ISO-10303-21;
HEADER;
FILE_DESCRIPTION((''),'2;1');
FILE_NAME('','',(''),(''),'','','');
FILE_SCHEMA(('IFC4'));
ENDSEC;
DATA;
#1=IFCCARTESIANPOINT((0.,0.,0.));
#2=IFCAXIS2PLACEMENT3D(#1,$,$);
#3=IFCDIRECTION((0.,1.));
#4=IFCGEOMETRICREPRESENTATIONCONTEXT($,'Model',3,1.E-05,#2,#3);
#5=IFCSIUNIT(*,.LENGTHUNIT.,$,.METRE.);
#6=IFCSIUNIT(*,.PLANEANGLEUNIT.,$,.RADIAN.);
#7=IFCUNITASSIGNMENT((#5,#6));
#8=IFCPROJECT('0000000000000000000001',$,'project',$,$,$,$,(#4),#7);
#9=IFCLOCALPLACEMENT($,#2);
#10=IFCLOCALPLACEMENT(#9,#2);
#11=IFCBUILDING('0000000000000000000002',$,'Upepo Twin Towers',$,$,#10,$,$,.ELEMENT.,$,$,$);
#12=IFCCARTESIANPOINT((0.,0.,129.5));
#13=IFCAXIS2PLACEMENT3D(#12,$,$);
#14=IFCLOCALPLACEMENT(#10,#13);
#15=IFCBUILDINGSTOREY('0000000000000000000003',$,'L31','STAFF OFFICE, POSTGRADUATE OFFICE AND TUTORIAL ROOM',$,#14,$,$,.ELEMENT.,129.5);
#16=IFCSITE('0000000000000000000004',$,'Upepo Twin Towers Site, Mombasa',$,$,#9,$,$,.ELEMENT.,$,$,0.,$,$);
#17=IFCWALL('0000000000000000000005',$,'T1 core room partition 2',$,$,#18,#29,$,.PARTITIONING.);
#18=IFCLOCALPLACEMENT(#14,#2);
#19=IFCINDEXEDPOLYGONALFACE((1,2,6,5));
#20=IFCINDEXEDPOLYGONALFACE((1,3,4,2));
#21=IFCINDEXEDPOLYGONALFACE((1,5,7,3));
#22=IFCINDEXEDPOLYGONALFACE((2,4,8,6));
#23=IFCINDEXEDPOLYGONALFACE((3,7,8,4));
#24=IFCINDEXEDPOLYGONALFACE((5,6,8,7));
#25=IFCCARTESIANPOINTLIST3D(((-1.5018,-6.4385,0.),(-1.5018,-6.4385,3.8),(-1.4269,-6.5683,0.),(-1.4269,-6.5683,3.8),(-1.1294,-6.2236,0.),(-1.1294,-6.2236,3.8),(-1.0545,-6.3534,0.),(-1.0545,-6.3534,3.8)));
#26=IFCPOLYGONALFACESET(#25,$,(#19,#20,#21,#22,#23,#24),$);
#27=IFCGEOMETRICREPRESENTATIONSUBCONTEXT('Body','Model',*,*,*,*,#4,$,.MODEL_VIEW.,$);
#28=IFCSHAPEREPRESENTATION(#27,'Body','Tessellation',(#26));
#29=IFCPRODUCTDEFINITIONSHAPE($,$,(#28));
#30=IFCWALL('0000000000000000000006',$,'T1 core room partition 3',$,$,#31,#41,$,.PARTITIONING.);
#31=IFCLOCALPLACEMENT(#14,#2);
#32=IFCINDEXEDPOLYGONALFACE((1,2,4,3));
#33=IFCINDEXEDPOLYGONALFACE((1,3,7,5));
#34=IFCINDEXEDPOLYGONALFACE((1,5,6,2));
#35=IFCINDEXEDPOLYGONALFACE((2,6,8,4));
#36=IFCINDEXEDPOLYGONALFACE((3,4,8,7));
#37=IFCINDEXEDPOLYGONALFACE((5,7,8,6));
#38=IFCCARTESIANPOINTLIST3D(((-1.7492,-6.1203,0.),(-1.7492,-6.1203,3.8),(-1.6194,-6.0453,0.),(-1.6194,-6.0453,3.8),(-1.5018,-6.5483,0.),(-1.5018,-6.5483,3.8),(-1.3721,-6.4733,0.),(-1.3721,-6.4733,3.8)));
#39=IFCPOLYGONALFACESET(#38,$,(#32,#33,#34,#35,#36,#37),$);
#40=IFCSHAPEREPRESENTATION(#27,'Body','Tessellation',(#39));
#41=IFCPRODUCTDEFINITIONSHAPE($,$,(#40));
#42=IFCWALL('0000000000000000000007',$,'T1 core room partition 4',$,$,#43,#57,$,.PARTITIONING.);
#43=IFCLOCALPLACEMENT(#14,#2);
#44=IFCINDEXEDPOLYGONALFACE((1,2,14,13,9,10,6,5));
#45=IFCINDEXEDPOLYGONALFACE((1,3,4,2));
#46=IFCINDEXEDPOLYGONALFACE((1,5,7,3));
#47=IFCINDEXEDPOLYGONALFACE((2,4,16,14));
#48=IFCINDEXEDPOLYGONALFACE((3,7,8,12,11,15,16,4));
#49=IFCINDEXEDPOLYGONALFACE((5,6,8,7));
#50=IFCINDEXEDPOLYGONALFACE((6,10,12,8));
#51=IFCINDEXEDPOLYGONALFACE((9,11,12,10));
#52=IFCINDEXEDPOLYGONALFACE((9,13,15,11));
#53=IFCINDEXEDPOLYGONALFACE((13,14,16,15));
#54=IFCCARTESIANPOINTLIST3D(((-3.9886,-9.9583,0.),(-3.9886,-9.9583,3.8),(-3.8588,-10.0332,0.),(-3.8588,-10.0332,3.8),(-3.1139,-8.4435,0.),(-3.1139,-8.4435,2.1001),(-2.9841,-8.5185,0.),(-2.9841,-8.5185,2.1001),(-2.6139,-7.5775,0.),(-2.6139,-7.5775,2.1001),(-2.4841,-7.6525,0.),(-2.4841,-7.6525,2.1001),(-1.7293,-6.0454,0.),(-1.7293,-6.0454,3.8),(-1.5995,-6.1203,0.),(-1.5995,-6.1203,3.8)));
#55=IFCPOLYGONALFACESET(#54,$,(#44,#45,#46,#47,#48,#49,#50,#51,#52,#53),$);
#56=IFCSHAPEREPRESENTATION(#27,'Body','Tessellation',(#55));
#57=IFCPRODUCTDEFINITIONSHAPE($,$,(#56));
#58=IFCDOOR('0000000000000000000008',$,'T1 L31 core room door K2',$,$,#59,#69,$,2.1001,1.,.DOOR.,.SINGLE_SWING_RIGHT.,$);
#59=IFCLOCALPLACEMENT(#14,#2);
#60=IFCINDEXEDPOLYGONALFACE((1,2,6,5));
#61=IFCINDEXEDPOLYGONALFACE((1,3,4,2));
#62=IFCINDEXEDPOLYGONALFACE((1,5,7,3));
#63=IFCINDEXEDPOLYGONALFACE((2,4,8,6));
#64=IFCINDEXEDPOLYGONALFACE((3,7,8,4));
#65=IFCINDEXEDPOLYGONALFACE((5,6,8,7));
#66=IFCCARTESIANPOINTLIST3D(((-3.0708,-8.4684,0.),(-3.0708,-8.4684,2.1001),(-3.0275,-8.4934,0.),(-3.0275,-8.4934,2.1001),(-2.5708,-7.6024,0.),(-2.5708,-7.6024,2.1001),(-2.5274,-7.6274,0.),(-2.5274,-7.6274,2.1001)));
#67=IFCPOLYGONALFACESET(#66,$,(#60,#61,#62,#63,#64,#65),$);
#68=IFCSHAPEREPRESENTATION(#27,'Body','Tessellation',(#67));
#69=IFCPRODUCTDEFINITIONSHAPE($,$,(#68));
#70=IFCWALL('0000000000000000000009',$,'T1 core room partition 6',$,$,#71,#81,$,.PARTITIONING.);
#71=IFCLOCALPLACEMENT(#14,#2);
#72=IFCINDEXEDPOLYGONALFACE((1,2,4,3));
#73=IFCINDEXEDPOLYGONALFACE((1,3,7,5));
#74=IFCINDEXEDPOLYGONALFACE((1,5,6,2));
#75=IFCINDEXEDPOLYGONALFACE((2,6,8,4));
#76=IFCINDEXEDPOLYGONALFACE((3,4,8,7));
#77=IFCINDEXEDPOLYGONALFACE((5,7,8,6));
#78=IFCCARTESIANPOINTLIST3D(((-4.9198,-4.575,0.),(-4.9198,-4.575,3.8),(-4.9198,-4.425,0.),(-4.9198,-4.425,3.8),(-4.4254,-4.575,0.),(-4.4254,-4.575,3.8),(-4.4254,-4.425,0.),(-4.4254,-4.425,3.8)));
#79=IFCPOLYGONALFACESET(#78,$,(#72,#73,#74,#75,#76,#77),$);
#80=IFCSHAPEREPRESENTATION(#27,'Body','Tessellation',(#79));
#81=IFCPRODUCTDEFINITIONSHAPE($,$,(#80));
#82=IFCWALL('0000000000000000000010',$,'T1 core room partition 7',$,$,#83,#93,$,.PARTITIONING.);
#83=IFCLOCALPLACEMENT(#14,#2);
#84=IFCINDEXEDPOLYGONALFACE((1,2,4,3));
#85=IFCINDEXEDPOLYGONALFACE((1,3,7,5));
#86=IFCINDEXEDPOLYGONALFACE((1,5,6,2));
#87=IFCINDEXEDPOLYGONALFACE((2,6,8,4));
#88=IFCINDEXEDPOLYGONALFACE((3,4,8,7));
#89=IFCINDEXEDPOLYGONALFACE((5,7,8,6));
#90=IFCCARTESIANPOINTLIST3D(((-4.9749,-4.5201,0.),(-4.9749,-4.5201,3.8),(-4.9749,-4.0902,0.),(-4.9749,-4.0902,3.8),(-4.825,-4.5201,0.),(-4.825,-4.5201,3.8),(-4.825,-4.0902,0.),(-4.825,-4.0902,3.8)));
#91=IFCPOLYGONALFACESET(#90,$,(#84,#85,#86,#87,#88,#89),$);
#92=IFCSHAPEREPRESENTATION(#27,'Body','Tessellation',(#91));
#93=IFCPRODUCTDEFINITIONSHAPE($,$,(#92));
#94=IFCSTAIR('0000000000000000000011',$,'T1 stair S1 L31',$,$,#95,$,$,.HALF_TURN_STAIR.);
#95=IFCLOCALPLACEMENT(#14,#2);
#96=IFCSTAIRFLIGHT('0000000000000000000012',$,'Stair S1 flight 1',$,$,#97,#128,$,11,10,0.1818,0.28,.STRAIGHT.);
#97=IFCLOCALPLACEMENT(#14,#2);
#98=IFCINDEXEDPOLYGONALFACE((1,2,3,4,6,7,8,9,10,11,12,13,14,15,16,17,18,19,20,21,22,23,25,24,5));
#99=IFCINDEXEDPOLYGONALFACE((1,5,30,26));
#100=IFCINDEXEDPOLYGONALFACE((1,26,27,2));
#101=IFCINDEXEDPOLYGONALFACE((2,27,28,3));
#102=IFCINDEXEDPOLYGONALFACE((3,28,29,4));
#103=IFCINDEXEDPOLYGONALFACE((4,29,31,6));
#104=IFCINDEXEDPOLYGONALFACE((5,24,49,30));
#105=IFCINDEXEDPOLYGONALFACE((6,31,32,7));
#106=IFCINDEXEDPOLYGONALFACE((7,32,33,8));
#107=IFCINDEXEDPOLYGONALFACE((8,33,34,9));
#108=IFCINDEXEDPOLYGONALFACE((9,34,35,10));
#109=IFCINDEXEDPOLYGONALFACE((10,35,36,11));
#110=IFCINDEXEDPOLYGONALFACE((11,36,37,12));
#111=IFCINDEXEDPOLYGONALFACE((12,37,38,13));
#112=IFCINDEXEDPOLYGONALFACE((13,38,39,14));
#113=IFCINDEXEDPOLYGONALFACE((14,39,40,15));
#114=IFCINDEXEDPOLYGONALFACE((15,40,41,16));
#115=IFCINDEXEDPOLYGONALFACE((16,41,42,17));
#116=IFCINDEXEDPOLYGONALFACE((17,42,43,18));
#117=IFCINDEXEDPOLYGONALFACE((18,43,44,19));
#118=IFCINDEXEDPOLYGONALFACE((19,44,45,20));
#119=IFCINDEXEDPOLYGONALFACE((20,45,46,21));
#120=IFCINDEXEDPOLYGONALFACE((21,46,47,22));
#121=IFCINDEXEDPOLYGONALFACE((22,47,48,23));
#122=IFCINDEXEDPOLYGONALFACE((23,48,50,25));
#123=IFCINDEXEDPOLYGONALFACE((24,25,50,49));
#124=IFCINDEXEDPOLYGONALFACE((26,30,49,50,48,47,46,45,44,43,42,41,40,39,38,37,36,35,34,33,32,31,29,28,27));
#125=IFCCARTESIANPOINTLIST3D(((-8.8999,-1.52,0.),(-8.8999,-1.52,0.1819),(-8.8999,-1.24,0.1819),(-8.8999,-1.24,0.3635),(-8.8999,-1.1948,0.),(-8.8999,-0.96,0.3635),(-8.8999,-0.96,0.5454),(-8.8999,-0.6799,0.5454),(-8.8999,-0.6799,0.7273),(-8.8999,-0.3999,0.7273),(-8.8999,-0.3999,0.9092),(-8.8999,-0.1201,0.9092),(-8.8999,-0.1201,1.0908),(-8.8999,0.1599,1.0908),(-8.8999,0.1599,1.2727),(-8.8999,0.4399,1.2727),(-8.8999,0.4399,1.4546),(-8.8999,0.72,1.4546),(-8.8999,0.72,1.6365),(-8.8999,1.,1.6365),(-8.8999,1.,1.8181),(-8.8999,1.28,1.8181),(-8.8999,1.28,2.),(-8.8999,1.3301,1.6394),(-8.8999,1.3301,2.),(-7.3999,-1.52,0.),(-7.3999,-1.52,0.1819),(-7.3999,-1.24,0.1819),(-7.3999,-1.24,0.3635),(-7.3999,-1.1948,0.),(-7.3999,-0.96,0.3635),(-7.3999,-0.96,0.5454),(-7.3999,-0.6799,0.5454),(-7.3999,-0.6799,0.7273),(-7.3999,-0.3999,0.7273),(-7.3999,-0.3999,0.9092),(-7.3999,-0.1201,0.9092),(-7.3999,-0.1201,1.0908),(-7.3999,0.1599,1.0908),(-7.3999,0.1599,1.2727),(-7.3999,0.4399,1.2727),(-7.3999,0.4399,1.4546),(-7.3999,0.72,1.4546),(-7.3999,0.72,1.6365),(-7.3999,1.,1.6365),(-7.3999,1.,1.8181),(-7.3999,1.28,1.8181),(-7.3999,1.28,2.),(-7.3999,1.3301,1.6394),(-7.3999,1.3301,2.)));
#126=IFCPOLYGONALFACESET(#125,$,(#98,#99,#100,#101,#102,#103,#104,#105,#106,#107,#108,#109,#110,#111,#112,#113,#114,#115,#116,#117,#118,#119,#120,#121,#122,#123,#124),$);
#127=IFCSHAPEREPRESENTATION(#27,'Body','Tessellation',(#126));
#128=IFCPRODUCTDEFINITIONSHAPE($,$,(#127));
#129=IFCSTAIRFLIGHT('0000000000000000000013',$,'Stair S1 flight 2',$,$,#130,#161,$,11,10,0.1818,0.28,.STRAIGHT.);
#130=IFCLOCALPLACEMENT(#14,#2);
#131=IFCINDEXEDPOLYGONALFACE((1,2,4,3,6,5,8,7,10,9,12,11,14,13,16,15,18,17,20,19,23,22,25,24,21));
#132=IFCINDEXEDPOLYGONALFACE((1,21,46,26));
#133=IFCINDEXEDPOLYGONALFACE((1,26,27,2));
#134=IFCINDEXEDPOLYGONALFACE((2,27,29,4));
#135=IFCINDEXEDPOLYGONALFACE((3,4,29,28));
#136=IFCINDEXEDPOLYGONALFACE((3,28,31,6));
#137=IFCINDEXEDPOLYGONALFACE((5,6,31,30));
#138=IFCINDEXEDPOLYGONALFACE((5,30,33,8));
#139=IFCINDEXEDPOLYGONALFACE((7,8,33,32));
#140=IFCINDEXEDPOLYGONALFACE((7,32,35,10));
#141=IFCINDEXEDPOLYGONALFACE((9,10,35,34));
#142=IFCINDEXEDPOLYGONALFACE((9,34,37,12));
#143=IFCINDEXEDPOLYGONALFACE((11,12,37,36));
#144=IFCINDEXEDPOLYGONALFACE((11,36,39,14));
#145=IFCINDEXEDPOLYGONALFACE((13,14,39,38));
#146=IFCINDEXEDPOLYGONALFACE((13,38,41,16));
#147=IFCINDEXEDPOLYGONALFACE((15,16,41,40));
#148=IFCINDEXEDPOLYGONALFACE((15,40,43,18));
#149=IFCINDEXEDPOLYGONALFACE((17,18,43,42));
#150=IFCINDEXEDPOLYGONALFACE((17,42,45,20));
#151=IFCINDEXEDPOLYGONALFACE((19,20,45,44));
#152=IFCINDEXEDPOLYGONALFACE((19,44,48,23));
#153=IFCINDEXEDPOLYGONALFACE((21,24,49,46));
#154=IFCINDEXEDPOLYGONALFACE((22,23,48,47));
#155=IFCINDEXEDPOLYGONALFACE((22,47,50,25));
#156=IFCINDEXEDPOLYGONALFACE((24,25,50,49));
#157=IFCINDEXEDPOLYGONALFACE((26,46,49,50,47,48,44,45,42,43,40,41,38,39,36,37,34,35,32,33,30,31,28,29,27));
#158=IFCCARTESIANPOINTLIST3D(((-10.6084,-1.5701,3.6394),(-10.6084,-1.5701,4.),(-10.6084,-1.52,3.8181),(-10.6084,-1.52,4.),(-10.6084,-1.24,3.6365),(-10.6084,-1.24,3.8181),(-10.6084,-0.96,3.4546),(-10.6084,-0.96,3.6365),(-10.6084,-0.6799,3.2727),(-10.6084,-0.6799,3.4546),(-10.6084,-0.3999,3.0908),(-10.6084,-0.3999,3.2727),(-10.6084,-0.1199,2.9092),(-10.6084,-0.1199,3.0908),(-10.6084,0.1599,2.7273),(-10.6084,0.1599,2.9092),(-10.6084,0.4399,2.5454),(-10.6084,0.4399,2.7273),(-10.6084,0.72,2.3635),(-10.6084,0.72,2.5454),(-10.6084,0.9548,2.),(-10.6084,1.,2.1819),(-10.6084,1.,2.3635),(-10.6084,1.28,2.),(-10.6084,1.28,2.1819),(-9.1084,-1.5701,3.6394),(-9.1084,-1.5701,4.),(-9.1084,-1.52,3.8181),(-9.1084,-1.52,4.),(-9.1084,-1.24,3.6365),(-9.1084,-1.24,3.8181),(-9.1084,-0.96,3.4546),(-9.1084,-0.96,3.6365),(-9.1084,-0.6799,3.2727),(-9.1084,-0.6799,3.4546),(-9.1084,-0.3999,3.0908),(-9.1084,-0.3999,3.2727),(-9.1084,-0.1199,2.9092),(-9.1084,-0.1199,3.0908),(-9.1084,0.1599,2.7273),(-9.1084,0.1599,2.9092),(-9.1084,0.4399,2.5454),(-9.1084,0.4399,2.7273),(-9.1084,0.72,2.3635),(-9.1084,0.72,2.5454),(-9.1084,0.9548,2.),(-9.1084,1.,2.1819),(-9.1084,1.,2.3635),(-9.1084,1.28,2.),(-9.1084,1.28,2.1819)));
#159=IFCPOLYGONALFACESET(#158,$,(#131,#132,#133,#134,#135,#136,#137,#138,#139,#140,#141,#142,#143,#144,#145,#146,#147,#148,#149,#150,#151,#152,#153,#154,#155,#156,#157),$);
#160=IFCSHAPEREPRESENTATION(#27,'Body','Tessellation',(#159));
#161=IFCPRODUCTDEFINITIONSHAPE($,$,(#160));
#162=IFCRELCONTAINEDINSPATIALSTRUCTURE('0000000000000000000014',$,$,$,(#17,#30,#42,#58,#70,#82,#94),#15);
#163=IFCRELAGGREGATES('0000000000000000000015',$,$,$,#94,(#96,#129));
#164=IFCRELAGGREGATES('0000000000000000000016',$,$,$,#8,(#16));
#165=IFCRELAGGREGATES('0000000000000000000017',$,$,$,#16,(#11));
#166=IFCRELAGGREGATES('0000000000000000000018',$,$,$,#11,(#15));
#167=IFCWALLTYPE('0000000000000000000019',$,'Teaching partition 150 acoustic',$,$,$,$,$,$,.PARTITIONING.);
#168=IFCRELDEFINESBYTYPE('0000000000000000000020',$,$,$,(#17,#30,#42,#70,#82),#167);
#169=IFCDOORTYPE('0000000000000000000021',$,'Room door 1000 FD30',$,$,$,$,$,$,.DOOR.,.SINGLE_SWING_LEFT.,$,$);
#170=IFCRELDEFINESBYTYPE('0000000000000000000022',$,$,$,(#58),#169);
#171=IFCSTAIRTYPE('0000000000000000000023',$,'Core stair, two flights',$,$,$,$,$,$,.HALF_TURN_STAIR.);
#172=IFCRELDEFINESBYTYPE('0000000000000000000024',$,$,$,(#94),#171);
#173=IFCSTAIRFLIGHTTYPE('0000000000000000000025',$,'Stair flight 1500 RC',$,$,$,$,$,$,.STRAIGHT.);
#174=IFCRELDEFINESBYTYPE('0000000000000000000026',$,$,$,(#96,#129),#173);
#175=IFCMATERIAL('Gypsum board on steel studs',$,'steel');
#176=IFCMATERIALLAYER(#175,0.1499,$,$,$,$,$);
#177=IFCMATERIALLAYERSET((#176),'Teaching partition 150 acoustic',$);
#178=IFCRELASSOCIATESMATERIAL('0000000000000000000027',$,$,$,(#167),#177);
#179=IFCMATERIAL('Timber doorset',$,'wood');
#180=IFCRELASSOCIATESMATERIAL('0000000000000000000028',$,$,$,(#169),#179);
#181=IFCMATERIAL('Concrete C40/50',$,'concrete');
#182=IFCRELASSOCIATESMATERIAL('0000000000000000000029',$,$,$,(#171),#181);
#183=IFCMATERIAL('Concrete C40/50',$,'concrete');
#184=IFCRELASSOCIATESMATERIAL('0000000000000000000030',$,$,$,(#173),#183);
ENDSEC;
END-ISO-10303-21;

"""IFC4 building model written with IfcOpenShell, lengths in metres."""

from ifc_helpers import new_model, si_unit, direction, frame, frame_2d, origin, place, context, subcontext, project, spatial, polyline, rectangle, outline, extrude, material, layer, layer_set, type_object, element, fill, aggregate, save


model = new_model("IFC4")

# Units and contexts
model_context = context("Model", 3, precision=1e-05, world=origin(), true_north=direction((0.0, 1.0)))
body_context = subcontext(model_context, "Body", "Model", "MODEL_VIEW")
ifc_project = project(units=[si_unit("LENGTHUNIT", "METRE"), si_unit("PLANEANGLEUNIT", "RADIAN")], contexts=[model_context])

# Site, building, storey
site_placement = place(None, origin())
site = spatial("IfcSite", under=ifc_project, at=site_placement, Name="Upepo Twin Towers Site, Mombasa", CompositionType="ELEMENT", RefElevation=0.0)
building_placement = place(site_placement, origin())
building = spatial("IfcBuilding", under=site, at=building_placement, Name="Upepo Twin Towers", CompositionType="ELEMENT")
storey_placement = place(building_placement, frame((0.0, 0.0, 129.5)))
storey = spatial("IfcBuildingStorey", under=building, at=storey_placement, Name="L31", Description="STAFF OFFICE, POSTGRADUATE OFFICE AND TUTORIAL ROOM", CompositionType="ELEMENT", Elevation=129.5)

# Walls
ifc_material_1 = material(Name="Gypsum board on steel studs", Category="steel")
ifc_layer_1 = layer(ifc_material_1, 0.1499)
ifc_layer_set_1 = layer_set([ifc_layer_1], Name="Teaching partition 150 acoustic")
wall_type_1 = type_object("IfcWallType", Name="Teaching partition 150 acoustic", PredefinedType="PARTITIONING", material=ifc_layer_set_1)
wall_1_placement = place(storey_placement, frame((-1.092, -6.2886, 0.0), z_axis=(0.0, 0.0, 1.0), x_axis=(-0.866138, -0.499804, 0.0)))
element("IfcWall", 1, at=wall_1_placement, inside=storey, type_object=wall_type_1, Name="T1 core room partition 2", PredefinedType="PARTITIONING", context=body_context, shape_type="SweptSolid", body=[
    extrude(rectangle(XDim=0.4299, YDim=0.1499, at=frame_2d((0.2148, 0.0))), origin(), (0.0, 0.0, 1.0), 3.8),
])
wall_2_placement = place(storey_placement, frame((-1.437, -6.5107, 0.0), z_axis=(0.0, 0.0, 1.0), x_axis=(-0.500335, 0.865832, 0.0)))
element("IfcWall", 2, at=wall_2_placement, inside=storey, type_object=wall_type_1, Name="T1 core room partition 3", PredefinedType="PARTITIONING", context=body_context, shape_type="SweptSolid", body=[
    extrude(rectangle(XDim=0.4944, YDim=0.1499, at=frame_2d((0.2471, 0.0))), origin(), (0.0, 0.0, 1.0), 3.8),
])

# Wall, opening, door
wall_3_placement = place(storey_placement, frame((-1.6643, -6.0828, 0.0), z_axis=(0.0, 0.0, 1.0), x_axis=(-0.500033, -0.866007, 0.0)))
wall_3 = element("IfcWall", 3, at=wall_3_placement, inside=storey, type_object=wall_type_1, Name="T1 core room partition 4", PredefinedType="PARTITIONING", context=body_context, shape_type="SweptSolid", body=[
    extrude(rectangle(XDim=4.5183, YDim=0.1499, at=frame_2d((2.2593, 0.0))), origin(), (0.0, 0.0, 1.0), 3.8),
])
opening_1_placement = place(wall_3_placement, frame((1.7693, 0.0, 0.0)))
opening_1 = element("IfcOpeningElement", 4, at=opening_1_placement, cuts=wall_3, PredefinedType="OPENING", context=body_context, shape_type="SweptSolid", body=[
    extrude(rectangle(XDim=1.0, YDim=2.1001, at=frame_2d((0.5, 1.05))), frame((0.0, 0.085, 0.0), z_axis=(0.0, -1.0, 0.0), x_axis=(1.0, 0.0, 0.0)), (0.0, 0.0, 1.0), 0.1699),
])
ifc_material_2 = material(Name="Timber doorset", Category="wood")
door_type_1 = type_object("IfcDoorType", Name="Room door 1000 FD30", OperationType="SINGLE_SWING_LEFT", PredefinedType="DOOR", material=ifc_material_2)
door_1_placement = place(opening_1_placement, origin())
door_1 = element("IfcDoor", 5, at=door_1_placement, inside=storey, type_object=door_type_1, Name="T1 L31 core room door K2", OperationType="SINGLE_SWING_RIGHT", OverallHeight=2.1001, OverallWidth=1.0, PredefinedType="DOOR", context=body_context, shape_type="SweptSolid", body=[
    extrude(rectangle(XDim=1.0, YDim=2.1001, at=frame_2d((0.5, 1.05))), frame((0.0, 0.0249, 0.0), z_axis=(0.0, -1.0, 0.0), x_axis=(1.0, 0.0, 0.0)), (0.0, 0.0, 1.0), 0.05),
])
fill(opening_1, door_1)

# Walls
wall_4_placement = place(storey_placement, frame((-4.4255, -4.5, 0.0), z_axis=(0.0, 0.0, 1.0), x_axis=(-1.0, 0.0, 0.0)))
element("IfcWall", 6, at=wall_4_placement, inside=storey, type_object=wall_type_1, Name="T1 core room partition 6", PredefinedType="PARTITIONING", context=body_context, shape_type="SweptSolid", body=[
    extrude(rectangle(XDim=0.4944, YDim=0.1499, at=frame_2d((0.2471, 0.0))), origin(), (0.0, 0.0, 1.0), 3.8),
])
wall_5_placement = place(storey_placement, frame((-4.8999, -4.52, 0.0), z_axis=(0.0, 0.0, 1.0), x_axis=(0.0, 1.0, 0.0)))
element("IfcWall", 7, at=wall_5_placement, inside=storey, type_object=wall_type_1, Name="T1 core room partition 7", PredefinedType="PARTITIONING", context=body_context, shape_type="SweptSolid", body=[
    extrude(rectangle(XDim=0.4299, YDim=0.1499, at=frame_2d((0.2148, 0.0))), origin(), (0.0, 0.0, 1.0), 3.8),
])

# Stair, stair flights
ifc_material_3 = material(Name="Concrete C40/50", Category="concrete")
stair_type = type_object("IfcStairType", Name="Core stair, two flights", PredefinedType="HALF_TURN_STAIR", material=ifc_material_3)
stair_placement = place(storey_placement, origin())
stair = element("IfcStair", 8, at=stair_placement, inside=storey, type_object=stair_type, Name="T1 stair S1 L31", PredefinedType="HALF_TURN_STAIR")
ifc_material_4 = material(Name="Concrete C40/50", Category="concrete")
stair_flight_type = type_object("IfcStairFlightType", Name="Stair flight 1500 RC", PredefinedType="STRAIGHT", material=ifc_material_4)
stair_flight_1_placement = place(storey_placement, frame((-8.1499, -1.52, 0.0), z_axis=(0.0, 0.0, 1.0), x_axis=(0.0, 1.0, 0.0)))
stair_flight_1 = element("IfcStairFlight", 9, at=stair_flight_1_placement, type_object=stair_flight_type, Name="Stair S1 flight 1", NumberOfRisers=11, NumberOfTreads=10, PredefinedType="STRAIGHT", RiserHeight=0.1818, TreadLength=0.28, context=body_context, shape_type="SweptSolid", body=[
    extrude(outline(polyline([(0.0, 0.0), (0.0, 0.1819), (0.28, 0.1819), (0.28, 0.3635), (0.5601, 0.3635), (0.5601, 0.5454), (0.8401, 0.5454), (0.8401, 0.7273), (1.1201, 0.7273), (1.1201, 0.9092), (1.3999, 0.9092), (1.3999, 1.0908), (1.6799, 1.0908), (1.6799, 1.2727), (1.96, 1.2727), (1.96, 1.4546), (2.24, 1.4546), (2.24, 1.6365), (2.52, 1.6365), (2.52, 1.8181), (2.8, 1.8181), (2.8, 2.0), (2.8501, 2.0), (2.8501, 1.6394), (0.3252, 0.0), (0.0, 0.0)])), frame((0.0, 0.75, 0.0), z_axis=(0.0, -1.0, 0.0), x_axis=(1.0, 0.0, 0.0)), (0.0, 0.0, 1.0), 1.5),
])
stair_flight_2_placement = place(storey_placement, frame((-9.8584, 1.28, 2.0), z_axis=(0.0, 0.0, 1.0), x_axis=(0.0, -1.0, 0.0)))
stair_flight_2 = element("IfcStairFlight", 10, at=stair_flight_2_placement, type_object=stair_flight_type, Name="Stair S1 flight 2", NumberOfRisers=11, NumberOfTreads=10, PredefinedType="STRAIGHT", RiserHeight=0.1818, TreadLength=0.28, context=body_context, shape_type="SweptSolid", body=[
    extrude(outline(polyline([(0.0, 0.0), (0.0, 0.1819), (0.28, 0.1819), (0.28, 0.3635), (0.5601, 0.3635), (0.5601, 0.5454), (0.8401, 0.5454), (0.8401, 0.7273), (1.1201, 0.7273), (1.1201, 0.9092), (1.3999, 0.9092), (1.3999, 1.0908), (1.6799, 1.0908), (1.6799, 1.2727), (1.96, 1.2727), (1.96, 1.4546), (2.24, 1.4546), (2.24, 1.6365), (2.52, 1.6365), (2.52, 1.8181), (2.8, 1.8181), (2.8, 2.0), (2.8501, 2.0), (2.8501, 1.6394), (0.3252, 0.0), (0.0, 0.0)])), frame((0.0, 0.75, 0.0), z_axis=(0.0, -1.0, 0.0), x_axis=(1.0, 0.0, 0.0)), (0.0, 0.0, 1.0), 1.5),
])
aggregate(stair, [stair_flight_1, stair_flight_2])

save(model, "model.ifc")
